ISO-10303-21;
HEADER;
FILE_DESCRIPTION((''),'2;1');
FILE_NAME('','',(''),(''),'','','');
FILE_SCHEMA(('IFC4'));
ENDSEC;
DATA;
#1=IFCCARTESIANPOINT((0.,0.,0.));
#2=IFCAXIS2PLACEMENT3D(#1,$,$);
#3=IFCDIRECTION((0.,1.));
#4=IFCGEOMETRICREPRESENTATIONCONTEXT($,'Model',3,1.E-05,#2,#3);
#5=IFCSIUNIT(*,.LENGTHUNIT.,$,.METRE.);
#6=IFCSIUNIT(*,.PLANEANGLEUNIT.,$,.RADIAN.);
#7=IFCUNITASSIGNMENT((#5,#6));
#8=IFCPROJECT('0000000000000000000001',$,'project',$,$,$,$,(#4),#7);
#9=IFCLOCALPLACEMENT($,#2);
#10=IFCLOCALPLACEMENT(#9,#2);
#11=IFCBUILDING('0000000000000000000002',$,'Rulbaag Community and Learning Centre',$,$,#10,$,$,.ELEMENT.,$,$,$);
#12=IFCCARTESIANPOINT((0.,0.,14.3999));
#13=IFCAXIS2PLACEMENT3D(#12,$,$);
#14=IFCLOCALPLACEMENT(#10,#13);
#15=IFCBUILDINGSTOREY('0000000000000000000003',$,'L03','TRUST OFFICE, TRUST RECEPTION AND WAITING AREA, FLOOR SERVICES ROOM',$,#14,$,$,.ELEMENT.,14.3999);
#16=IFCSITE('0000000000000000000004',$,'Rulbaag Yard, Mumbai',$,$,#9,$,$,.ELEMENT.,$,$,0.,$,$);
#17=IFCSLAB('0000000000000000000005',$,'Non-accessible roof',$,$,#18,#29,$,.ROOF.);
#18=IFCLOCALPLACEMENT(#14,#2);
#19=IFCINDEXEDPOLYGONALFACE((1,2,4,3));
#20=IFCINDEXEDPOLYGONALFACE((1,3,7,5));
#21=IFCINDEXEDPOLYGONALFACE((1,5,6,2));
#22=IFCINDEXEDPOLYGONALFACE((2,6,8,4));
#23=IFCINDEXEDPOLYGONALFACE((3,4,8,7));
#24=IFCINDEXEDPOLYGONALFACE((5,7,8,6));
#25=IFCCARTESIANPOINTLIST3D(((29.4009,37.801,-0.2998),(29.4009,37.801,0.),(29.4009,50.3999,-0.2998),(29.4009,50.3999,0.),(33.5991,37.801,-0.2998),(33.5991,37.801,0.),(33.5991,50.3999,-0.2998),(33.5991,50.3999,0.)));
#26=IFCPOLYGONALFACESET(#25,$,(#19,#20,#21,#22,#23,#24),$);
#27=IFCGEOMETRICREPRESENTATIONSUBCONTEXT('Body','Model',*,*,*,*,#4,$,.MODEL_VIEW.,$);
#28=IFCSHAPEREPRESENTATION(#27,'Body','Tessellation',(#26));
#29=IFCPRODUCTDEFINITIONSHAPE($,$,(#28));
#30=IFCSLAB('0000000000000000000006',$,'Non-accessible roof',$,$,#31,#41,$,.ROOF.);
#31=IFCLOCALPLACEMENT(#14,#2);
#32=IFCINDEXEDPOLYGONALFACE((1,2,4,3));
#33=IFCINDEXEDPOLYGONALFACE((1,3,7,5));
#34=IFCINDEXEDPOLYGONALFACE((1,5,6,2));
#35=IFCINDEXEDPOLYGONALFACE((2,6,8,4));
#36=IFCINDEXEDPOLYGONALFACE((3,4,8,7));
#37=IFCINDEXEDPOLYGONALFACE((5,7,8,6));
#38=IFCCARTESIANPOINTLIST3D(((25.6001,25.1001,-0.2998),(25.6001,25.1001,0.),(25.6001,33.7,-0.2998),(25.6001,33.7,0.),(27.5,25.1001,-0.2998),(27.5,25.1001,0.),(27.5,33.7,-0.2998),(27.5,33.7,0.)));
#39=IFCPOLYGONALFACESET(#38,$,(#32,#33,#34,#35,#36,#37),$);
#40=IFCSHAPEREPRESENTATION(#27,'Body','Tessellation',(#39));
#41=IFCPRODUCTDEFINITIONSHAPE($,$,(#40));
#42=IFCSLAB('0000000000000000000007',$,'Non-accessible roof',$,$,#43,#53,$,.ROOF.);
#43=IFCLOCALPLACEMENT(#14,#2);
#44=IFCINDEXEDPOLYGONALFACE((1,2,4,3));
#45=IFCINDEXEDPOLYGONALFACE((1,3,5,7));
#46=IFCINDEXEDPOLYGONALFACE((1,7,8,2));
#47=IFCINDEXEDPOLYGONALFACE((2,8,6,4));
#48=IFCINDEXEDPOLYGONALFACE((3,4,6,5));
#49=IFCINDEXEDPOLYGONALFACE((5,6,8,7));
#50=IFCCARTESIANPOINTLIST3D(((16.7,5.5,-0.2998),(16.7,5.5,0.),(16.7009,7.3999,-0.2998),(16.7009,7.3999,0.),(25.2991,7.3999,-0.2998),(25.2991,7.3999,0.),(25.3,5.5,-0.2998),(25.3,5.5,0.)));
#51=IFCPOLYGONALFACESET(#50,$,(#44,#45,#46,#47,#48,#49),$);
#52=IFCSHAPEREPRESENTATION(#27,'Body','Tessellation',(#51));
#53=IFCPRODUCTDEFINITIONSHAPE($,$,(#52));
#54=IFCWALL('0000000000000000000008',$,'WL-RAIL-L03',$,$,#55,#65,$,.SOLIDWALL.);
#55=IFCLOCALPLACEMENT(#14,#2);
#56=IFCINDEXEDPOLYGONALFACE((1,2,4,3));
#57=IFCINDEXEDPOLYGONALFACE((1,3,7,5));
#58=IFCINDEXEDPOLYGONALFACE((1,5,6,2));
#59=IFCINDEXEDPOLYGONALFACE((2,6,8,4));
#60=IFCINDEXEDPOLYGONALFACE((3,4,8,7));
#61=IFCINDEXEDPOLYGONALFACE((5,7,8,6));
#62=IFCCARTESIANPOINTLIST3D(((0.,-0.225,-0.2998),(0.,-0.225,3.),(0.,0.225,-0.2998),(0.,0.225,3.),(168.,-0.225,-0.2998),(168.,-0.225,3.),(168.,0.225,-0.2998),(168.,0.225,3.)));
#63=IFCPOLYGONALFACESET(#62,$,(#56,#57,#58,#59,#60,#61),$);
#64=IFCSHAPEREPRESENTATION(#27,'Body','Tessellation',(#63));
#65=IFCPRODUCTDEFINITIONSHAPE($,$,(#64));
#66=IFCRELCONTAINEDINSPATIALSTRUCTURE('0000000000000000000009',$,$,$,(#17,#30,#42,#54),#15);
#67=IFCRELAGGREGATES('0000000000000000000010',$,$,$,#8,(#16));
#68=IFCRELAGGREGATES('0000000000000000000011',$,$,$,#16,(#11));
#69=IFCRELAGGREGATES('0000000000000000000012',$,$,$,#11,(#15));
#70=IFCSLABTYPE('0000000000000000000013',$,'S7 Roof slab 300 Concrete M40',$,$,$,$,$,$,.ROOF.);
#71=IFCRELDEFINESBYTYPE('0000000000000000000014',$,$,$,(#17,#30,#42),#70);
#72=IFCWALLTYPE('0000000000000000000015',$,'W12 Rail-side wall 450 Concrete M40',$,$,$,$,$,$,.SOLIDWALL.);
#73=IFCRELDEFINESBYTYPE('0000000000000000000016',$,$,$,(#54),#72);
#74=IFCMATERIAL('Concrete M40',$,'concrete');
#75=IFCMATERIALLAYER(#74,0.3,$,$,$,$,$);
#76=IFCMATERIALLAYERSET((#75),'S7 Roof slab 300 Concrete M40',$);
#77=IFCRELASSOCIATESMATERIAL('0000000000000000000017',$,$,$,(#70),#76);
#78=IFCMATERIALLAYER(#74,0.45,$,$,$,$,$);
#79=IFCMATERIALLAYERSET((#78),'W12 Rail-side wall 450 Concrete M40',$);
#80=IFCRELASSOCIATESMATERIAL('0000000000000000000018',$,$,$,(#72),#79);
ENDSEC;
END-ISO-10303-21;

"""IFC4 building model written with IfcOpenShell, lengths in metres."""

from ifc_helpers import new_model, si_unit, direction, frame, frame_2d, origin, place, context, subcontext, project, spatial, polyline, rectangle, outline, extrude, material, layer, layer_set, type_object, element, save


model = new_model("IFC4")

# Units and contexts
model_context = context("Model", 3, precision=1e-05, world=origin(), true_north=direction((0.0, 1.0)))
body_context = subcontext(model_context, "Body", "Model", "MODEL_VIEW")
ifc_project = project(units=[si_unit("LENGTHUNIT", "METRE"), si_unit("PLANEANGLEUNIT", "RADIAN")], contexts=[model_context])

# Site, building, storey
site_placement = place(None, origin())
site = spatial("IfcSite", under=ifc_project, at=site_placement, Name="Rulbaag Yard, Mumbai", CompositionType="ELEMENT", RefElevation=0.0)
building_placement = place(site_placement, origin())
building = spatial("IfcBuilding", under=site, at=building_placement, Name="Rulbaag Community and Learning Centre", CompositionType="ELEMENT")
storey_placement = place(building_placement, frame((0.0, 0.0, 14.3999)))
storey = spatial("IfcBuildingStorey", under=building, at=storey_placement, Name="L03", Description="TRUST OFFICE, TRUST RECEPTION AND WAITING AREA, FLOOR SERVICES ROOM", CompositionType="ELEMENT", Elevation=14.3999)

# Slabs
ifc_material = material(Name="Concrete M40", Category="concrete")
ifc_layer_1 = layer(ifc_material, 0.3)
ifc_layer_set_1 = layer_set([ifc_layer_1], Name="S7 Roof slab 300 Concrete M40")
slab_type_1 = type_object("IfcSlabType", Name="S7 Roof slab 300 Concrete M40", PredefinedType="ROOF", material=ifc_layer_set_1)
slab_1_placement = place(storey_placement, frame((0.0, 0.0, -0.2998)))
element("IfcSlab", 1, at=slab_1_placement, inside=storey, type_object=slab_type_1, Name="Non-accessible roof", PredefinedType="ROOF", context=body_context, shape_type="SweptSolid", body=[
    extrude(outline(polyline([(33.5991, 50.3999), (33.5991, 37.801), (29.4009, 37.801), (29.4009, 50.3999), (33.5991, 50.3999)])), origin(), (0.0, 0.0, 1.0), 0.2998),
])
slab_2_placement = place(storey_placement, frame((0.0, 0.0, -0.2998)))
element("IfcSlab", 2, at=slab_2_placement, inside=storey, type_object=slab_type_1, Name="Non-accessible roof", PredefinedType="ROOF", context=body_context, shape_type="SweptSolid", body=[
    extrude(outline(polyline([(27.5, 25.1001), (25.6001, 25.1001), (25.6001, 33.7), (27.5, 33.7), (27.5, 25.1001)])), origin(), (0.0, 0.0, 1.0), 0.2998),
])
slab_3_placement = place(storey_placement, frame((0.0, 0.0, -0.2998)))
element("IfcSlab", 3, at=slab_3_placement, inside=storey, type_object=slab_type_1, Name="Non-accessible roof", PredefinedType="ROOF", context=body_context, shape_type="SweptSolid", body=[
    extrude(outline(polyline([(16.7, 5.5), (16.7009, 7.3999), (25.2991, 7.3999), (25.3, 5.5), (16.7, 5.5)])), origin(), (0.0, 0.0, 1.0), 0.2998),
])

# Wall
ifc_layer_2 = layer(ifc_material, 0.45)
ifc_layer_set_2 = layer_set([ifc_layer_2], Name="W12 Rail-side wall 450 Concrete M40")
wall_type = type_object("IfcWallType", Name="W12 Rail-side wall 450 Concrete M40", PredefinedType="SOLIDWALL", material=ifc_layer_set_2)
wall_placement = place(storey_placement, frame((0.0, 0.0, -0.2998), z_axis=(0.0, 0.0, 1.0), x_axis=(1.0, 0.0, 0.0)))
element("IfcWall", 4, at=wall_placement, inside=storey, type_object=wall_type, Name="WL-RAIL-L03", PredefinedType="SOLIDWALL", context=body_context, shape_type="SweptSolid", body=[
    extrude(rectangle(XDim=168.0, YDim=0.45, at=frame_2d((84.0, 0.0))), origin(), (0.0, 0.0, 1.0), 3.2998),
])

save(model, "model.ifc")
